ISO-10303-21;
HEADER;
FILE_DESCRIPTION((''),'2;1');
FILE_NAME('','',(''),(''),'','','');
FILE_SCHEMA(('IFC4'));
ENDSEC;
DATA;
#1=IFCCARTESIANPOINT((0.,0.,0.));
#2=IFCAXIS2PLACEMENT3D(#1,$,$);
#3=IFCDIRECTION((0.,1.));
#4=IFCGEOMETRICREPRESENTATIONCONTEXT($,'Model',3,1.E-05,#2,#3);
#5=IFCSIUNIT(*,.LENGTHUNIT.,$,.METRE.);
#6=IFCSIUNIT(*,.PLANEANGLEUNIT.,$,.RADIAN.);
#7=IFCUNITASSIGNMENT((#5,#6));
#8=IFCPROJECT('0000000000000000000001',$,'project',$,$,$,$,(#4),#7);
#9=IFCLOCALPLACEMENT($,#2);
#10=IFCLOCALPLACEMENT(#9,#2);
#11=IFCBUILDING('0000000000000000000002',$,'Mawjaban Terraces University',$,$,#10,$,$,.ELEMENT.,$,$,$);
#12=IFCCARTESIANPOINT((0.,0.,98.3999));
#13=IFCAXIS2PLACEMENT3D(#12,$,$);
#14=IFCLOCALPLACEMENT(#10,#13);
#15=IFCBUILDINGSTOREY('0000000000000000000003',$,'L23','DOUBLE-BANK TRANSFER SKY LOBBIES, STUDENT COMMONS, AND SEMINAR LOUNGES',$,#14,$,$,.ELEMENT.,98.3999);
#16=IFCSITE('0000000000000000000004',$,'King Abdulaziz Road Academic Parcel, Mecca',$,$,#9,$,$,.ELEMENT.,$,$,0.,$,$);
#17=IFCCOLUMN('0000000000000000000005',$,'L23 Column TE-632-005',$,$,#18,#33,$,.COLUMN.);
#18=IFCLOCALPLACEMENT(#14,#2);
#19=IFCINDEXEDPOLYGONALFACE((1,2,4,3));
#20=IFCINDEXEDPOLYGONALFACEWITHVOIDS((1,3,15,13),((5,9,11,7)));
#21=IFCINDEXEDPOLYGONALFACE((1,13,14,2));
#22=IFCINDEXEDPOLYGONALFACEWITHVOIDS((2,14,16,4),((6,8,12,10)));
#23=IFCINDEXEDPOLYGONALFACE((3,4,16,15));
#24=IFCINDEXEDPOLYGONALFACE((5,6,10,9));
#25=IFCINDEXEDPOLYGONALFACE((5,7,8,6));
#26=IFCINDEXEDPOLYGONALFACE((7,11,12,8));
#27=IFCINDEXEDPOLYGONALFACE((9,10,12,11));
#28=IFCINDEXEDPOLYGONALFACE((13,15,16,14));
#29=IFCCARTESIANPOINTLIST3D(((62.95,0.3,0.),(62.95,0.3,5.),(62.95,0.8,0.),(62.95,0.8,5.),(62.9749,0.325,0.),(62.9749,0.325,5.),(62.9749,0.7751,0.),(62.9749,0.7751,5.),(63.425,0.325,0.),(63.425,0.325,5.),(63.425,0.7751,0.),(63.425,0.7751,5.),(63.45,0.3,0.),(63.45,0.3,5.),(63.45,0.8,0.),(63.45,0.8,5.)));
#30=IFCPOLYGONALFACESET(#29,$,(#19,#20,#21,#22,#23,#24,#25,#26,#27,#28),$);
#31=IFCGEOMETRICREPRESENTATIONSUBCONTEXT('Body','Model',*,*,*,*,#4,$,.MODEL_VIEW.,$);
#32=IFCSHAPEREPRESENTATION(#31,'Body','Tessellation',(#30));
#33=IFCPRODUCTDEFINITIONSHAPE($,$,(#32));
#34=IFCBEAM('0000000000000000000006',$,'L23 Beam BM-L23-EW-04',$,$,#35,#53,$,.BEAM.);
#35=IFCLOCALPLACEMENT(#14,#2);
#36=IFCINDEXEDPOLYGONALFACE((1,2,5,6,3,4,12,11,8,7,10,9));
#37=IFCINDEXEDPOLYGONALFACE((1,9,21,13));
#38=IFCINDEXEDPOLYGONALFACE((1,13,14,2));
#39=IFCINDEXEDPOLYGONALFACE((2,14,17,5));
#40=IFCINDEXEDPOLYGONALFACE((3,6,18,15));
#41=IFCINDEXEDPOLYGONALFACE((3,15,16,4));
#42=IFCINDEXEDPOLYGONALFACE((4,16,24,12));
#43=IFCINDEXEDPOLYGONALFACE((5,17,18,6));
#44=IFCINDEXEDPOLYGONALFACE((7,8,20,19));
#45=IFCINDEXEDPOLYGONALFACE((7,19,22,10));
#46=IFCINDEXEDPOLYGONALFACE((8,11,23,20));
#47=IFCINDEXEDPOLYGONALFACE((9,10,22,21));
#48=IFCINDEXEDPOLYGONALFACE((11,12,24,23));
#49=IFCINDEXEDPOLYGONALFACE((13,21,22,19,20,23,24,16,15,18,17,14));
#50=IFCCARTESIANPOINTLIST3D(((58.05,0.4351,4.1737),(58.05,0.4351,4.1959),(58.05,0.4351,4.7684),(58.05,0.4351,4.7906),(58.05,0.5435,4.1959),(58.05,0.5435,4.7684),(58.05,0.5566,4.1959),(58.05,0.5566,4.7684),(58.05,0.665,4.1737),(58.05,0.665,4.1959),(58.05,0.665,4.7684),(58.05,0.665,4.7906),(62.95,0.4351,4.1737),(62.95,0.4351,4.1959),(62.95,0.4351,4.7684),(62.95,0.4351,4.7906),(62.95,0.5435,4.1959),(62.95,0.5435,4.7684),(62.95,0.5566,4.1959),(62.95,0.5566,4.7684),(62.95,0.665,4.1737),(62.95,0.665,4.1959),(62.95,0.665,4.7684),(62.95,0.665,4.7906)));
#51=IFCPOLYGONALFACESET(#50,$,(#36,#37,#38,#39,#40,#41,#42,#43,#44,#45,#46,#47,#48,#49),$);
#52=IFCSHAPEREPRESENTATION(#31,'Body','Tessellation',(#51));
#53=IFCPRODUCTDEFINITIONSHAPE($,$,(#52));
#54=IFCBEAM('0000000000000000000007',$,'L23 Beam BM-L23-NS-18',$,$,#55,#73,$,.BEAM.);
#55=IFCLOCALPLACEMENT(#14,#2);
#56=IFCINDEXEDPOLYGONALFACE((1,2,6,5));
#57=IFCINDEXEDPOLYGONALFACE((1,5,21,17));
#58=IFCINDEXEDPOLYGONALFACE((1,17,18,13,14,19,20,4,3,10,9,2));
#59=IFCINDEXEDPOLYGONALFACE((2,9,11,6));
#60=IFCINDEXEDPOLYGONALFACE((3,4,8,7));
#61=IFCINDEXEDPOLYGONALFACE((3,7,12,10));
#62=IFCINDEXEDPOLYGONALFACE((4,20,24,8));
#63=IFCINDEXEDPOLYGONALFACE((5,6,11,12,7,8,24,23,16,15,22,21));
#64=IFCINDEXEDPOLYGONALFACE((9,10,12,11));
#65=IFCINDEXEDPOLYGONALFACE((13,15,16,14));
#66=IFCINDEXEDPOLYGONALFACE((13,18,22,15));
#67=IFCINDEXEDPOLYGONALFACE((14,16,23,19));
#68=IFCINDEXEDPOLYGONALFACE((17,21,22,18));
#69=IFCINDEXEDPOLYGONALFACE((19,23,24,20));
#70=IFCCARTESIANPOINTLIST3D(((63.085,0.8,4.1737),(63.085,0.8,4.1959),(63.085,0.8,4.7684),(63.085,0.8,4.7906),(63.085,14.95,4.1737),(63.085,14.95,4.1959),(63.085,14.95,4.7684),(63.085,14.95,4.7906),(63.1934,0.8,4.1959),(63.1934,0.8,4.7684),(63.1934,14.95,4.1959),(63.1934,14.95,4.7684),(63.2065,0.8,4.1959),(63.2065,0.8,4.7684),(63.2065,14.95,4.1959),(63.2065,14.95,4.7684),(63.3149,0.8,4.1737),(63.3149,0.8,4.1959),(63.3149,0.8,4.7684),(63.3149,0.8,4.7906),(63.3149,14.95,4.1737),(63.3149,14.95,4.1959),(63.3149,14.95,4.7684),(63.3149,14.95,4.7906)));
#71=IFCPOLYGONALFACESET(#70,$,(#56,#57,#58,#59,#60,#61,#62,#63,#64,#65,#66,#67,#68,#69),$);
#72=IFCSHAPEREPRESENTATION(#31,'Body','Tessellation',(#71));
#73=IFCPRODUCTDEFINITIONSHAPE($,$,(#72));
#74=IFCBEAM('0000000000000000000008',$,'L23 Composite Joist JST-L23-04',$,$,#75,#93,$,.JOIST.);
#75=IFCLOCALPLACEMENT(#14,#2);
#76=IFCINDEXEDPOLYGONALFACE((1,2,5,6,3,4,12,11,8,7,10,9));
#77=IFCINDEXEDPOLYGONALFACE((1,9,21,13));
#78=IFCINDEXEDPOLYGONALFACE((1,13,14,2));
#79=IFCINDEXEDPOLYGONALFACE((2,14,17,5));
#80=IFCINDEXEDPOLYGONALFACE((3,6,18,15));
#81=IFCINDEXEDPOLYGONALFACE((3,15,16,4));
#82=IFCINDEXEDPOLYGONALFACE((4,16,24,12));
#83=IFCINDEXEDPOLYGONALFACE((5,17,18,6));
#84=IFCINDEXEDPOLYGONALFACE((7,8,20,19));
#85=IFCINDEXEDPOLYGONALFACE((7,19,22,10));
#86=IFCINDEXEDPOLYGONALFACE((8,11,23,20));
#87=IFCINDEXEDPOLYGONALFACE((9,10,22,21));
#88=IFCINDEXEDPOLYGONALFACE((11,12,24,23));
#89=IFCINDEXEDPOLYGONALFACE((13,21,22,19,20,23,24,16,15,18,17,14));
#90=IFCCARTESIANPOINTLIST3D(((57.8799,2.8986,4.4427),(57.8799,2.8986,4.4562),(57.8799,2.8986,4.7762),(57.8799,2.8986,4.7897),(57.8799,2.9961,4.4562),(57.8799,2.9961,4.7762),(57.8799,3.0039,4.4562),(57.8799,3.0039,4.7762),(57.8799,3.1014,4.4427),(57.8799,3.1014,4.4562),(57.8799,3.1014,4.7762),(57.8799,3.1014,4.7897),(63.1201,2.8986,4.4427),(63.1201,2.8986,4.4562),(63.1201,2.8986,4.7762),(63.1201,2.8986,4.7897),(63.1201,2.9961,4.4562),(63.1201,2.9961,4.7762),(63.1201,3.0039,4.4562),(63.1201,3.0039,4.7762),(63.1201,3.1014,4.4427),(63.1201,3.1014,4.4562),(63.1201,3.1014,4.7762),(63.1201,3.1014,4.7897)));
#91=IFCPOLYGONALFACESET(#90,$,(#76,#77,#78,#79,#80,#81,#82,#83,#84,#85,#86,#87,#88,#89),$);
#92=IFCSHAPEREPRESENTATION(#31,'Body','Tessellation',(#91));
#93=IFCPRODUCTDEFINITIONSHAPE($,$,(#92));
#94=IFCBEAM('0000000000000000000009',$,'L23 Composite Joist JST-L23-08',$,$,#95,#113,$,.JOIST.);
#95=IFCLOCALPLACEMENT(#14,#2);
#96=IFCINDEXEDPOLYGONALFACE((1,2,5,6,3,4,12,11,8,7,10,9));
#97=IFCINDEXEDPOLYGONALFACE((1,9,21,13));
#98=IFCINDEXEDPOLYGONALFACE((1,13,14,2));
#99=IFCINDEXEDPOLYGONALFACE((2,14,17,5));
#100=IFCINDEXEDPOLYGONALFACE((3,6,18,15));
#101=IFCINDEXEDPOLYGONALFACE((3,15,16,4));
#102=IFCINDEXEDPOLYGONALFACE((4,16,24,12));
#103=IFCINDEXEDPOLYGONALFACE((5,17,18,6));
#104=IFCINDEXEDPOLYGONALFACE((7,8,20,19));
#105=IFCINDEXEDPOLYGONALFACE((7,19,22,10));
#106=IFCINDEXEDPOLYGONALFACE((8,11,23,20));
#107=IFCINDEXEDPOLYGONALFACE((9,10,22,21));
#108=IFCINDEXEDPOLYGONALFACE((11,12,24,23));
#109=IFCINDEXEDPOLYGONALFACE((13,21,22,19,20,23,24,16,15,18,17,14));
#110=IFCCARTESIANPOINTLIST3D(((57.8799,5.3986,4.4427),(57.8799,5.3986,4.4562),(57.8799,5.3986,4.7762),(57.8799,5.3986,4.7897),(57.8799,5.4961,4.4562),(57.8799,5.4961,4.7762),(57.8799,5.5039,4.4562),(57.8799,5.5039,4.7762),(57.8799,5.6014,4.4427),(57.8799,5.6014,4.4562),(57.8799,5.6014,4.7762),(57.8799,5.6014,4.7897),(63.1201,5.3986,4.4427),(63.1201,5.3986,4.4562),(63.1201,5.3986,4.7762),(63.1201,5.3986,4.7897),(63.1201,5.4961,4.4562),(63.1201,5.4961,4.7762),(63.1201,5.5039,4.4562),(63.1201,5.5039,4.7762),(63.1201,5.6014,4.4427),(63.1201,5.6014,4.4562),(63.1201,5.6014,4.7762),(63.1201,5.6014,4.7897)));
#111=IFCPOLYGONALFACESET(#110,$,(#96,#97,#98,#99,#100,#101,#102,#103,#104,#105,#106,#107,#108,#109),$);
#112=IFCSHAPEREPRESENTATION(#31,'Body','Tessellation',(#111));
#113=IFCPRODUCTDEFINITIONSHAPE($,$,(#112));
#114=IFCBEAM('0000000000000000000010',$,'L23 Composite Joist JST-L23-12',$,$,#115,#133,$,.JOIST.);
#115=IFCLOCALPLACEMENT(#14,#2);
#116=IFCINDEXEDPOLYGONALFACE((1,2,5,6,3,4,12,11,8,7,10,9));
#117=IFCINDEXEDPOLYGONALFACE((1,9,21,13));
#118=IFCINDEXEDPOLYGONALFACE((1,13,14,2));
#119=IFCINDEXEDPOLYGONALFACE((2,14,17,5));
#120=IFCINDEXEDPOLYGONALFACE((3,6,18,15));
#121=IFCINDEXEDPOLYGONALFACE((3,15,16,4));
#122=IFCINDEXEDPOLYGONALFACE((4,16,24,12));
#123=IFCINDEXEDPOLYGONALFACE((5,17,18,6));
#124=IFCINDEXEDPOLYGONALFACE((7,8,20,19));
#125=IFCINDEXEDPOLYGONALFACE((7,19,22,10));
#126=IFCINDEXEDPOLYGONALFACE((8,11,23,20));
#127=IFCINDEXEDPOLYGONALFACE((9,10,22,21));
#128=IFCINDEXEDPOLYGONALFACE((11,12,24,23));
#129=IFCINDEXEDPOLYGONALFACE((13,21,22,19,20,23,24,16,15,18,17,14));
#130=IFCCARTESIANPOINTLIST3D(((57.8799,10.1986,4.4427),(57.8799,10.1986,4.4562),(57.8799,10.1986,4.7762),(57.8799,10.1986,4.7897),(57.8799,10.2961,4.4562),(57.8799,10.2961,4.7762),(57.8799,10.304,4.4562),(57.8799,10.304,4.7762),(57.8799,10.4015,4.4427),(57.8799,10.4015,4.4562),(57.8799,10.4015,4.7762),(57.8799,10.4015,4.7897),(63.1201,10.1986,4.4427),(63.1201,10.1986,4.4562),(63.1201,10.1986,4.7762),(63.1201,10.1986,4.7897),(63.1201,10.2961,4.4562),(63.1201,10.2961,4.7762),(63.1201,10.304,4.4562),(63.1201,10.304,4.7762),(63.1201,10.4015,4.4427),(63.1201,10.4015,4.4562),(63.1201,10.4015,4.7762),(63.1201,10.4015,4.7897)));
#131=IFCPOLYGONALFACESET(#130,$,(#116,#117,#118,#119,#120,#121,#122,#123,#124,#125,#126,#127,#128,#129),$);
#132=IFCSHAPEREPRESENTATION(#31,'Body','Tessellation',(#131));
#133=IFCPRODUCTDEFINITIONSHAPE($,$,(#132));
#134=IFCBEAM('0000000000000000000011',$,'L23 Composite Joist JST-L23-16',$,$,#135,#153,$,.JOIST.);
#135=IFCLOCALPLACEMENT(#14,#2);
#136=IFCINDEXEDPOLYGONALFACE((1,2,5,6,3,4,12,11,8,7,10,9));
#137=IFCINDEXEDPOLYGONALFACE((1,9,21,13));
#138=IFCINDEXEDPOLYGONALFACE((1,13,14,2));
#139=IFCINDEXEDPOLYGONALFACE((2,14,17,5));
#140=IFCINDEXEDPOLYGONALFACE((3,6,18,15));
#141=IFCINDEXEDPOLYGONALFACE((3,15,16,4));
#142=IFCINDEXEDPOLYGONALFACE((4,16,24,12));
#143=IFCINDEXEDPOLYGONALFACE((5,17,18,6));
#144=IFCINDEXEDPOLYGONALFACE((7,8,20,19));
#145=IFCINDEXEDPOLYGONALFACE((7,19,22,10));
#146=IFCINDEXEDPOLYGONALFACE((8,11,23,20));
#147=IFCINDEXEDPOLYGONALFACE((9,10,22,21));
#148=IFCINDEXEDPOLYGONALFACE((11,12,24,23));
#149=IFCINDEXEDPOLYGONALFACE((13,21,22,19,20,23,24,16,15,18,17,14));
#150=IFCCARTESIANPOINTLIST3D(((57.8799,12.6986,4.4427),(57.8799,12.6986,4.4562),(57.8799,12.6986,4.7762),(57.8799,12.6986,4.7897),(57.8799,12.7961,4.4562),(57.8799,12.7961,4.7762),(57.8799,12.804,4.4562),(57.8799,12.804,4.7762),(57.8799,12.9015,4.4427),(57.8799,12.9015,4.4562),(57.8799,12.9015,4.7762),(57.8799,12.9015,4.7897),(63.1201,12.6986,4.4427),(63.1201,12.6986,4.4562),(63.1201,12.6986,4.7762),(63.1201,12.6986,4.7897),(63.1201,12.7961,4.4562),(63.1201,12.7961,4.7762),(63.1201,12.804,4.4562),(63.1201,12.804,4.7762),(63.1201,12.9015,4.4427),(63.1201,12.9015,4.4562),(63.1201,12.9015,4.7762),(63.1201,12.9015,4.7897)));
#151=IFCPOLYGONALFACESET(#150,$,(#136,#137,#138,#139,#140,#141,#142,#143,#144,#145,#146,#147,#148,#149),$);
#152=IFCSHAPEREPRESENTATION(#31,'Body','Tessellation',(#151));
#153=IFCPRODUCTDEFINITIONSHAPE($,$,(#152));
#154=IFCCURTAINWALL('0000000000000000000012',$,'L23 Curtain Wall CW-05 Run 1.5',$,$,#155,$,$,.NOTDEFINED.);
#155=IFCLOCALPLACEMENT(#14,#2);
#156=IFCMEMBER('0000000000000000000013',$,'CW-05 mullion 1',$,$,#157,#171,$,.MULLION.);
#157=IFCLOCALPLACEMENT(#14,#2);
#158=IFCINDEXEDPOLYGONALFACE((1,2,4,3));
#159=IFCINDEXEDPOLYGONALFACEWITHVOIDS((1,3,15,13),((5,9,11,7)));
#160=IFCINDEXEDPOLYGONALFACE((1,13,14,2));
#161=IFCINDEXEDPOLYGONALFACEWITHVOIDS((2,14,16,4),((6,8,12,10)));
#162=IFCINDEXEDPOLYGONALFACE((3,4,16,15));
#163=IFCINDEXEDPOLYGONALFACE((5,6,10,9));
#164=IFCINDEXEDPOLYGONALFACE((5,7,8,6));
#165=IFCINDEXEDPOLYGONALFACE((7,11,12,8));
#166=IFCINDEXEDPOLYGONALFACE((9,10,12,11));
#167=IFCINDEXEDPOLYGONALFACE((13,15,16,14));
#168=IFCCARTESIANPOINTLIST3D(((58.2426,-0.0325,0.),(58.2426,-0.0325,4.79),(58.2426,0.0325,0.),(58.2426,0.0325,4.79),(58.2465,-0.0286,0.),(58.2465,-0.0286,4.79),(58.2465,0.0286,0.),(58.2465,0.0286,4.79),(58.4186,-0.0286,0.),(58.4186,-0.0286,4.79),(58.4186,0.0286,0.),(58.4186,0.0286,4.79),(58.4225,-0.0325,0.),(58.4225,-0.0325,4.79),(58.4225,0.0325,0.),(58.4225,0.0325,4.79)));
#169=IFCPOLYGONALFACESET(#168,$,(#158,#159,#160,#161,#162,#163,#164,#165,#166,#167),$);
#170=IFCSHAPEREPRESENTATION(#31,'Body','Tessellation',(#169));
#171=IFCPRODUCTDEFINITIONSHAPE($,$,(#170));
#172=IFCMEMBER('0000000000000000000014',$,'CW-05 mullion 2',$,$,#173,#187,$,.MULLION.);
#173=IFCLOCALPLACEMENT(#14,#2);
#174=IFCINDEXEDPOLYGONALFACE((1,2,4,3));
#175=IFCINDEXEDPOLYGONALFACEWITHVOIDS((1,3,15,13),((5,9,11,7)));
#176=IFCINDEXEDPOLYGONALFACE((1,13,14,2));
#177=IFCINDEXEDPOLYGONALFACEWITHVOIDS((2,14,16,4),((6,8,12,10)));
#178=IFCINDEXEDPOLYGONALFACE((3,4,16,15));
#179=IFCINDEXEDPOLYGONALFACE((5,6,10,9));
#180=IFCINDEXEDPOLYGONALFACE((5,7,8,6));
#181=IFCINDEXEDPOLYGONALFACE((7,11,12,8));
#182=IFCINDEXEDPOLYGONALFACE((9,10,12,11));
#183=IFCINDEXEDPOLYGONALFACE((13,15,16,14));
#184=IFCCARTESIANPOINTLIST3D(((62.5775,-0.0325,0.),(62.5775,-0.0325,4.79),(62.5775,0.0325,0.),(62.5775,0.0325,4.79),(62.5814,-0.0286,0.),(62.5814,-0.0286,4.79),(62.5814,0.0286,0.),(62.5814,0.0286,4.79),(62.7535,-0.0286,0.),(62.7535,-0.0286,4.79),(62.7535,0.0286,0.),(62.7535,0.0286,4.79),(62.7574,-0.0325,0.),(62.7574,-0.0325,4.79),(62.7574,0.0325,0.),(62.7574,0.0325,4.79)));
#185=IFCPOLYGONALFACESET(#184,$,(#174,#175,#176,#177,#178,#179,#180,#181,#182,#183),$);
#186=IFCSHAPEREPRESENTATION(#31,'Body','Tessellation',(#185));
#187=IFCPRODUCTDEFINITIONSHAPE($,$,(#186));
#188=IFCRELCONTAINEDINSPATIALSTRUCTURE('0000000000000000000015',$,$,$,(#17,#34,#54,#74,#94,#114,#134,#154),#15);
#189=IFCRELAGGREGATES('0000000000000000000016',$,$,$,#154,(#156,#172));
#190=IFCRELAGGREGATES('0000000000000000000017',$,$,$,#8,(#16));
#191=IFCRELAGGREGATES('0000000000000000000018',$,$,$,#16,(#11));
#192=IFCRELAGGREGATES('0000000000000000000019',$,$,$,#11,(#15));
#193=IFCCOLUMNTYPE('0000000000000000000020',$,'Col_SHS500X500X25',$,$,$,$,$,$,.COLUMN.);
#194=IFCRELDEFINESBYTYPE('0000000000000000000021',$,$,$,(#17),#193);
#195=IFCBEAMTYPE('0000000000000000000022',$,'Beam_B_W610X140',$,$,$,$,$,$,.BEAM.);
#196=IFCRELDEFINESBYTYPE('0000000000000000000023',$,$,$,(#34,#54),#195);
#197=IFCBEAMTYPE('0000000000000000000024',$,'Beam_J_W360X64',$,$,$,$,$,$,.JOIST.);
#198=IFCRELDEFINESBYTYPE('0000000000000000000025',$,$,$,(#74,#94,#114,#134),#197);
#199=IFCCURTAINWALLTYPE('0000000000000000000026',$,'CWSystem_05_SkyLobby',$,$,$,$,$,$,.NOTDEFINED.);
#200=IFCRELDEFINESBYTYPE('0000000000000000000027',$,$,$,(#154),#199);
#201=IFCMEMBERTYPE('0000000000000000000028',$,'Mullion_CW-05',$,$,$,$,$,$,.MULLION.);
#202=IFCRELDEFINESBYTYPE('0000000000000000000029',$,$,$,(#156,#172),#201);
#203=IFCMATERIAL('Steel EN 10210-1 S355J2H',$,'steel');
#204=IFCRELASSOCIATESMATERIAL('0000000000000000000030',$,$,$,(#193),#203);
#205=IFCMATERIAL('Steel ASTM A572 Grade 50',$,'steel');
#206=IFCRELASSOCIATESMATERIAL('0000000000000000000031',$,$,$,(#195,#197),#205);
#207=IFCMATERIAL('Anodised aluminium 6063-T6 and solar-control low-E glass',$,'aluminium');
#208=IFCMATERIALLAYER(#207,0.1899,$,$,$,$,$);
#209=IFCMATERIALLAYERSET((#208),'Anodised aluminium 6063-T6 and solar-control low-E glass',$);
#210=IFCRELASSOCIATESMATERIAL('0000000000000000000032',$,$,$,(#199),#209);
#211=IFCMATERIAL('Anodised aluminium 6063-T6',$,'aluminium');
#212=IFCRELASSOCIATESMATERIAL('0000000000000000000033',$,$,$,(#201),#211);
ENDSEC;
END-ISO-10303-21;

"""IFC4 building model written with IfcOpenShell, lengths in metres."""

from ifc_helpers import new_model, si_unit, direction, frame, origin, origin_2d, place, context, subcontext, project, spatial, hollow_rectangle, i_section, extrude, material, layer, layer_set, material_profile, profile_set, type_object, element, aggregate, save


model = new_model("IFC4")

# Units and contexts
model_context = context("Model", 3, precision=1e-05, world=origin(), true_north=direction((0.0, 1.0)))
body_context = subcontext(model_context, "Body", "Model", "MODEL_VIEW")
ifc_project = project(units=[si_unit("LENGTHUNIT", "METRE"), si_unit("PLANEANGLEUNIT", "RADIAN")], contexts=[model_context])

# Site, building, storey
site_placement = place(None, origin())
site = spatial("IfcSite", under=ifc_project, at=site_placement, Name="King Abdulaziz Road Academic Parcel, Mecca", CompositionType="ELEMENT", RefElevation=0.0)
building_placement = place(site_placement, origin())
building = spatial("IfcBuilding", under=site, at=building_placement, Name="Mawjaban Terraces University", CompositionType="ELEMENT")
storey_placement = place(building_placement, frame((0.0, 0.0, 98.3999)))
storey = spatial("IfcBuildingStorey", under=building, at=storey_placement, Name="L23", Description="DOUBLE-BANK TRANSFER SKY LOBBIES, STUDENT COMMONS, AND SEMINAR LOUNGES", CompositionType="ELEMENT", Elevation=98.3999)

# Column
ifc_material_1 = material(Name="Steel EN 10210-1 S355J2H", Category="steel")
ifc_material_profile_1 = material_profile(ifc_material_1, hollow_rectangle(XDim=0.5, YDim=0.5, WallThickness=0.0249, at=origin_2d()), Name="SHS500X500X25")
ifc_profile_set_1 = profile_set([ifc_material_profile_1], Name="Steel EN 10210-1 S355J2H")
column_type = type_object("IfcColumnType", Name="Col_SHS500X500X25", PredefinedType="COLUMN", material=ifc_profile_set_1)
column_placement = place(storey_placement, frame((63.2, 0.55, 0.0), z_axis=(0.0, 0.0, 1.0), x_axis=(1.0, 0.0, 0.0)))
element("IfcColumn", 1, at=column_placement, inside=storey, type_object=column_type, Name="L23 Column TE-632-005", PredefinedType="COLUMN", context=body_context, shape_type="SweptSolid", body=[
    extrude(hollow_rectangle(XDim=0.5, YDim=0.5, WallThickness=0.0249, at=origin_2d()), origin(), (0.0, 0.0, 1.0), 5.0),
])

# Beams
ifc_material_2 = material(Name="Steel ASTM A572 Grade 50", Category="steel")
ifc_material_profile_2 = material_profile(ifc_material_2, i_section(OverallWidth=0.23, OverallDepth=0.6169, WebThickness=0.0132, FlangeThickness=0.0222, at=origin_2d()), Name="W610X140")
ifc_profile_set_2 = profile_set([ifc_material_profile_2], Name="Steel ASTM A572 Grade 50")
beam_type_1 = type_object("IfcBeamType", Name="Beam_B_W610X140", PredefinedType="BEAM", material=ifc_profile_set_2)
beam_1_placement = place(storey_placement, frame((58.05, 0.55, 4.4822), z_axis=(1.0, 0.0, 0.0), x_axis=(0.0, 1.0, 0.0)))
element("IfcBeam", 2, at=beam_1_placement, inside=storey, type_object=beam_type_1, Name="L23 Beam BM-L23-EW-04", PredefinedType="BEAM", context=body_context, shape_type="SweptSolid", body=[
    extrude(i_section(OverallWidth=0.23, OverallDepth=0.6169, WebThickness=0.0132, FlangeThickness=0.0222, at=origin_2d()), origin(), (0.0, 0.0, 1.0), 4.8999),
])
beam_2_placement = place(storey_placement, frame((63.2, 0.8, 4.4822), z_axis=(0.0, 1.0, 0.0), x_axis=(-1.0, 0.0, 0.0)))
element("IfcBeam", 3, at=beam_2_placement, inside=storey, type_object=beam_type_1, Name="L23 Beam BM-L23-NS-18", PredefinedType="BEAM", context=body_context, shape_type="SweptSolid", body=[
    extrude(i_section(OverallWidth=0.23, OverallDepth=0.6169, WebThickness=0.0132, FlangeThickness=0.0222, at=origin_2d()), origin(), (0.0, 0.0, 1.0), 14.1499),
])
ifc_material_profile_3 = material_profile(ifc_material_2, i_section(OverallWidth=0.2029, OverallDepth=0.3469, WebThickness=0.0078, FlangeThickness=0.0134, at=origin_2d()), Name="W360X64")
ifc_profile_set_3 = profile_set([ifc_material_profile_3], Name="Steel ASTM A572 Grade 50")
beam_type_2 = type_object("IfcBeamType", Name="Beam_J_W360X64", PredefinedType="JOIST", material=ifc_profile_set_3)
for number, where, z_axis, x_axis, name in (
    (4, (57.8799, 3.0, 4.6162), (1.0, 0.0, 0.0), (0.0, 1.0, 0.0), "L23 Composite Joist JST-L23-04"),
    (5, (57.8799, 5.5, 4.6162), (1.0, 0.0, 0.0), (0.0, 1.0, 0.0), "L23 Composite Joist JST-L23-08"),
    (6, (57.8799, 10.3, 4.6162), (1.0, 0.0, 0.0), (0.0, 1.0, 0.0), "L23 Composite Joist JST-L23-12"),
    (7, (57.8799, 12.8, 4.6162), (1.0, 0.0, 0.0), (0.0, 1.0, 0.0), "L23 Composite Joist JST-L23-16"),
):
    element("IfcBeam", number, at=place(storey_placement, frame(where, z_axis=z_axis, x_axis=x_axis)), inside=storey, type_object=beam_type_2, Name=name, PredefinedType="JOIST", context=body_context, shape_type="SweptSolid", body=[
        extrude(i_section(OverallWidth=0.2029, OverallDepth=0.3469, WebThickness=0.0078, FlangeThickness=0.0134, at=origin_2d()), origin(), (0.0, 0.0, 1.0), 5.2402),
    ])

# Curtain wall, members
ifc_material_3 = material(Name="Anodised aluminium 6063-T6 and solar-control low-E glass", Category="aluminium")
ifc_layer_1 = layer(ifc_material_3, 0.1899)
ifc_layer_set_1 = layer_set([ifc_layer_1], Name="Anodised aluminium 6063-T6 and solar-control low-E glass")
curtain_wall_type = type_object("IfcCurtainWallType", Name="CWSystem_05_SkyLobby", PredefinedType="NOTDEFINED", material=ifc_layer_set_1)
curtain_wall_placement = place(storey_placement, origin())
curtain_wall = element("IfcCurtainWall", 8, at=curtain_wall_placement, inside=storey, type_object=curtain_wall_type, Name="L23 Curtain Wall CW-05 Run 1.5", PredefinedType="NOTDEFINED")
ifc_material_4 = material(Name="Anodised aluminium 6063-T6", Category="aluminium")
ifc_material_profile_4 = material_profile(ifc_material_4, hollow_rectangle(XDim=0.0649, YDim=0.1799, WallThickness=0.0039, at=origin_2d()), Name="ALU180X65X4")
ifc_profile_set_4 = profile_set([ifc_material_profile_4], Name="Anodised aluminium 6063-T6")
member_type_1 = type_object("IfcMemberType", Name="Mullion_CW-05", PredefinedType="MULLION", material=ifc_profile_set_4)
member_1_placement = place(storey_placement, frame((58.3325, 0.0, 0.0), z_axis=(0.0, 0.0, 1.0), x_axis=(0.0, 1.0, 0.0)))
member_1 = element("IfcMember", 9, at=member_1_placement, type_object=member_type_1, Name="CW-05 mullion 1", PredefinedType="MULLION", context=body_context, shape_type="SweptSolid", body=[
    extrude(hollow_rectangle(XDim=0.0649, YDim=0.1799, WallThickness=0.0039, at=origin_2d()), origin(), (0.0, 0.0, 1.0), 4.79),
])
member_2_placement = place(storey_placement, frame((62.6675, 0.0, 0.0), z_axis=(0.0, 0.0, 1.0), x_axis=(0.0, 1.0, 0.0)))
member_2 = element("IfcMember", 10, at=member_2_placement, type_object=member_type_1, Name="CW-05 mullion 2", PredefinedType="MULLION", context=body_context, shape_type="SweptSolid", body=[
    extrude(hollow_rectangle(XDim=0.0649, YDim=0.1799, WallThickness=0.0039, at=origin_2d()), origin(), (0.0, 0.0, 1.0), 4.79),
])
aggregate(curtain_wall, [member_1, member_2])

save(model, "model.ifc")
